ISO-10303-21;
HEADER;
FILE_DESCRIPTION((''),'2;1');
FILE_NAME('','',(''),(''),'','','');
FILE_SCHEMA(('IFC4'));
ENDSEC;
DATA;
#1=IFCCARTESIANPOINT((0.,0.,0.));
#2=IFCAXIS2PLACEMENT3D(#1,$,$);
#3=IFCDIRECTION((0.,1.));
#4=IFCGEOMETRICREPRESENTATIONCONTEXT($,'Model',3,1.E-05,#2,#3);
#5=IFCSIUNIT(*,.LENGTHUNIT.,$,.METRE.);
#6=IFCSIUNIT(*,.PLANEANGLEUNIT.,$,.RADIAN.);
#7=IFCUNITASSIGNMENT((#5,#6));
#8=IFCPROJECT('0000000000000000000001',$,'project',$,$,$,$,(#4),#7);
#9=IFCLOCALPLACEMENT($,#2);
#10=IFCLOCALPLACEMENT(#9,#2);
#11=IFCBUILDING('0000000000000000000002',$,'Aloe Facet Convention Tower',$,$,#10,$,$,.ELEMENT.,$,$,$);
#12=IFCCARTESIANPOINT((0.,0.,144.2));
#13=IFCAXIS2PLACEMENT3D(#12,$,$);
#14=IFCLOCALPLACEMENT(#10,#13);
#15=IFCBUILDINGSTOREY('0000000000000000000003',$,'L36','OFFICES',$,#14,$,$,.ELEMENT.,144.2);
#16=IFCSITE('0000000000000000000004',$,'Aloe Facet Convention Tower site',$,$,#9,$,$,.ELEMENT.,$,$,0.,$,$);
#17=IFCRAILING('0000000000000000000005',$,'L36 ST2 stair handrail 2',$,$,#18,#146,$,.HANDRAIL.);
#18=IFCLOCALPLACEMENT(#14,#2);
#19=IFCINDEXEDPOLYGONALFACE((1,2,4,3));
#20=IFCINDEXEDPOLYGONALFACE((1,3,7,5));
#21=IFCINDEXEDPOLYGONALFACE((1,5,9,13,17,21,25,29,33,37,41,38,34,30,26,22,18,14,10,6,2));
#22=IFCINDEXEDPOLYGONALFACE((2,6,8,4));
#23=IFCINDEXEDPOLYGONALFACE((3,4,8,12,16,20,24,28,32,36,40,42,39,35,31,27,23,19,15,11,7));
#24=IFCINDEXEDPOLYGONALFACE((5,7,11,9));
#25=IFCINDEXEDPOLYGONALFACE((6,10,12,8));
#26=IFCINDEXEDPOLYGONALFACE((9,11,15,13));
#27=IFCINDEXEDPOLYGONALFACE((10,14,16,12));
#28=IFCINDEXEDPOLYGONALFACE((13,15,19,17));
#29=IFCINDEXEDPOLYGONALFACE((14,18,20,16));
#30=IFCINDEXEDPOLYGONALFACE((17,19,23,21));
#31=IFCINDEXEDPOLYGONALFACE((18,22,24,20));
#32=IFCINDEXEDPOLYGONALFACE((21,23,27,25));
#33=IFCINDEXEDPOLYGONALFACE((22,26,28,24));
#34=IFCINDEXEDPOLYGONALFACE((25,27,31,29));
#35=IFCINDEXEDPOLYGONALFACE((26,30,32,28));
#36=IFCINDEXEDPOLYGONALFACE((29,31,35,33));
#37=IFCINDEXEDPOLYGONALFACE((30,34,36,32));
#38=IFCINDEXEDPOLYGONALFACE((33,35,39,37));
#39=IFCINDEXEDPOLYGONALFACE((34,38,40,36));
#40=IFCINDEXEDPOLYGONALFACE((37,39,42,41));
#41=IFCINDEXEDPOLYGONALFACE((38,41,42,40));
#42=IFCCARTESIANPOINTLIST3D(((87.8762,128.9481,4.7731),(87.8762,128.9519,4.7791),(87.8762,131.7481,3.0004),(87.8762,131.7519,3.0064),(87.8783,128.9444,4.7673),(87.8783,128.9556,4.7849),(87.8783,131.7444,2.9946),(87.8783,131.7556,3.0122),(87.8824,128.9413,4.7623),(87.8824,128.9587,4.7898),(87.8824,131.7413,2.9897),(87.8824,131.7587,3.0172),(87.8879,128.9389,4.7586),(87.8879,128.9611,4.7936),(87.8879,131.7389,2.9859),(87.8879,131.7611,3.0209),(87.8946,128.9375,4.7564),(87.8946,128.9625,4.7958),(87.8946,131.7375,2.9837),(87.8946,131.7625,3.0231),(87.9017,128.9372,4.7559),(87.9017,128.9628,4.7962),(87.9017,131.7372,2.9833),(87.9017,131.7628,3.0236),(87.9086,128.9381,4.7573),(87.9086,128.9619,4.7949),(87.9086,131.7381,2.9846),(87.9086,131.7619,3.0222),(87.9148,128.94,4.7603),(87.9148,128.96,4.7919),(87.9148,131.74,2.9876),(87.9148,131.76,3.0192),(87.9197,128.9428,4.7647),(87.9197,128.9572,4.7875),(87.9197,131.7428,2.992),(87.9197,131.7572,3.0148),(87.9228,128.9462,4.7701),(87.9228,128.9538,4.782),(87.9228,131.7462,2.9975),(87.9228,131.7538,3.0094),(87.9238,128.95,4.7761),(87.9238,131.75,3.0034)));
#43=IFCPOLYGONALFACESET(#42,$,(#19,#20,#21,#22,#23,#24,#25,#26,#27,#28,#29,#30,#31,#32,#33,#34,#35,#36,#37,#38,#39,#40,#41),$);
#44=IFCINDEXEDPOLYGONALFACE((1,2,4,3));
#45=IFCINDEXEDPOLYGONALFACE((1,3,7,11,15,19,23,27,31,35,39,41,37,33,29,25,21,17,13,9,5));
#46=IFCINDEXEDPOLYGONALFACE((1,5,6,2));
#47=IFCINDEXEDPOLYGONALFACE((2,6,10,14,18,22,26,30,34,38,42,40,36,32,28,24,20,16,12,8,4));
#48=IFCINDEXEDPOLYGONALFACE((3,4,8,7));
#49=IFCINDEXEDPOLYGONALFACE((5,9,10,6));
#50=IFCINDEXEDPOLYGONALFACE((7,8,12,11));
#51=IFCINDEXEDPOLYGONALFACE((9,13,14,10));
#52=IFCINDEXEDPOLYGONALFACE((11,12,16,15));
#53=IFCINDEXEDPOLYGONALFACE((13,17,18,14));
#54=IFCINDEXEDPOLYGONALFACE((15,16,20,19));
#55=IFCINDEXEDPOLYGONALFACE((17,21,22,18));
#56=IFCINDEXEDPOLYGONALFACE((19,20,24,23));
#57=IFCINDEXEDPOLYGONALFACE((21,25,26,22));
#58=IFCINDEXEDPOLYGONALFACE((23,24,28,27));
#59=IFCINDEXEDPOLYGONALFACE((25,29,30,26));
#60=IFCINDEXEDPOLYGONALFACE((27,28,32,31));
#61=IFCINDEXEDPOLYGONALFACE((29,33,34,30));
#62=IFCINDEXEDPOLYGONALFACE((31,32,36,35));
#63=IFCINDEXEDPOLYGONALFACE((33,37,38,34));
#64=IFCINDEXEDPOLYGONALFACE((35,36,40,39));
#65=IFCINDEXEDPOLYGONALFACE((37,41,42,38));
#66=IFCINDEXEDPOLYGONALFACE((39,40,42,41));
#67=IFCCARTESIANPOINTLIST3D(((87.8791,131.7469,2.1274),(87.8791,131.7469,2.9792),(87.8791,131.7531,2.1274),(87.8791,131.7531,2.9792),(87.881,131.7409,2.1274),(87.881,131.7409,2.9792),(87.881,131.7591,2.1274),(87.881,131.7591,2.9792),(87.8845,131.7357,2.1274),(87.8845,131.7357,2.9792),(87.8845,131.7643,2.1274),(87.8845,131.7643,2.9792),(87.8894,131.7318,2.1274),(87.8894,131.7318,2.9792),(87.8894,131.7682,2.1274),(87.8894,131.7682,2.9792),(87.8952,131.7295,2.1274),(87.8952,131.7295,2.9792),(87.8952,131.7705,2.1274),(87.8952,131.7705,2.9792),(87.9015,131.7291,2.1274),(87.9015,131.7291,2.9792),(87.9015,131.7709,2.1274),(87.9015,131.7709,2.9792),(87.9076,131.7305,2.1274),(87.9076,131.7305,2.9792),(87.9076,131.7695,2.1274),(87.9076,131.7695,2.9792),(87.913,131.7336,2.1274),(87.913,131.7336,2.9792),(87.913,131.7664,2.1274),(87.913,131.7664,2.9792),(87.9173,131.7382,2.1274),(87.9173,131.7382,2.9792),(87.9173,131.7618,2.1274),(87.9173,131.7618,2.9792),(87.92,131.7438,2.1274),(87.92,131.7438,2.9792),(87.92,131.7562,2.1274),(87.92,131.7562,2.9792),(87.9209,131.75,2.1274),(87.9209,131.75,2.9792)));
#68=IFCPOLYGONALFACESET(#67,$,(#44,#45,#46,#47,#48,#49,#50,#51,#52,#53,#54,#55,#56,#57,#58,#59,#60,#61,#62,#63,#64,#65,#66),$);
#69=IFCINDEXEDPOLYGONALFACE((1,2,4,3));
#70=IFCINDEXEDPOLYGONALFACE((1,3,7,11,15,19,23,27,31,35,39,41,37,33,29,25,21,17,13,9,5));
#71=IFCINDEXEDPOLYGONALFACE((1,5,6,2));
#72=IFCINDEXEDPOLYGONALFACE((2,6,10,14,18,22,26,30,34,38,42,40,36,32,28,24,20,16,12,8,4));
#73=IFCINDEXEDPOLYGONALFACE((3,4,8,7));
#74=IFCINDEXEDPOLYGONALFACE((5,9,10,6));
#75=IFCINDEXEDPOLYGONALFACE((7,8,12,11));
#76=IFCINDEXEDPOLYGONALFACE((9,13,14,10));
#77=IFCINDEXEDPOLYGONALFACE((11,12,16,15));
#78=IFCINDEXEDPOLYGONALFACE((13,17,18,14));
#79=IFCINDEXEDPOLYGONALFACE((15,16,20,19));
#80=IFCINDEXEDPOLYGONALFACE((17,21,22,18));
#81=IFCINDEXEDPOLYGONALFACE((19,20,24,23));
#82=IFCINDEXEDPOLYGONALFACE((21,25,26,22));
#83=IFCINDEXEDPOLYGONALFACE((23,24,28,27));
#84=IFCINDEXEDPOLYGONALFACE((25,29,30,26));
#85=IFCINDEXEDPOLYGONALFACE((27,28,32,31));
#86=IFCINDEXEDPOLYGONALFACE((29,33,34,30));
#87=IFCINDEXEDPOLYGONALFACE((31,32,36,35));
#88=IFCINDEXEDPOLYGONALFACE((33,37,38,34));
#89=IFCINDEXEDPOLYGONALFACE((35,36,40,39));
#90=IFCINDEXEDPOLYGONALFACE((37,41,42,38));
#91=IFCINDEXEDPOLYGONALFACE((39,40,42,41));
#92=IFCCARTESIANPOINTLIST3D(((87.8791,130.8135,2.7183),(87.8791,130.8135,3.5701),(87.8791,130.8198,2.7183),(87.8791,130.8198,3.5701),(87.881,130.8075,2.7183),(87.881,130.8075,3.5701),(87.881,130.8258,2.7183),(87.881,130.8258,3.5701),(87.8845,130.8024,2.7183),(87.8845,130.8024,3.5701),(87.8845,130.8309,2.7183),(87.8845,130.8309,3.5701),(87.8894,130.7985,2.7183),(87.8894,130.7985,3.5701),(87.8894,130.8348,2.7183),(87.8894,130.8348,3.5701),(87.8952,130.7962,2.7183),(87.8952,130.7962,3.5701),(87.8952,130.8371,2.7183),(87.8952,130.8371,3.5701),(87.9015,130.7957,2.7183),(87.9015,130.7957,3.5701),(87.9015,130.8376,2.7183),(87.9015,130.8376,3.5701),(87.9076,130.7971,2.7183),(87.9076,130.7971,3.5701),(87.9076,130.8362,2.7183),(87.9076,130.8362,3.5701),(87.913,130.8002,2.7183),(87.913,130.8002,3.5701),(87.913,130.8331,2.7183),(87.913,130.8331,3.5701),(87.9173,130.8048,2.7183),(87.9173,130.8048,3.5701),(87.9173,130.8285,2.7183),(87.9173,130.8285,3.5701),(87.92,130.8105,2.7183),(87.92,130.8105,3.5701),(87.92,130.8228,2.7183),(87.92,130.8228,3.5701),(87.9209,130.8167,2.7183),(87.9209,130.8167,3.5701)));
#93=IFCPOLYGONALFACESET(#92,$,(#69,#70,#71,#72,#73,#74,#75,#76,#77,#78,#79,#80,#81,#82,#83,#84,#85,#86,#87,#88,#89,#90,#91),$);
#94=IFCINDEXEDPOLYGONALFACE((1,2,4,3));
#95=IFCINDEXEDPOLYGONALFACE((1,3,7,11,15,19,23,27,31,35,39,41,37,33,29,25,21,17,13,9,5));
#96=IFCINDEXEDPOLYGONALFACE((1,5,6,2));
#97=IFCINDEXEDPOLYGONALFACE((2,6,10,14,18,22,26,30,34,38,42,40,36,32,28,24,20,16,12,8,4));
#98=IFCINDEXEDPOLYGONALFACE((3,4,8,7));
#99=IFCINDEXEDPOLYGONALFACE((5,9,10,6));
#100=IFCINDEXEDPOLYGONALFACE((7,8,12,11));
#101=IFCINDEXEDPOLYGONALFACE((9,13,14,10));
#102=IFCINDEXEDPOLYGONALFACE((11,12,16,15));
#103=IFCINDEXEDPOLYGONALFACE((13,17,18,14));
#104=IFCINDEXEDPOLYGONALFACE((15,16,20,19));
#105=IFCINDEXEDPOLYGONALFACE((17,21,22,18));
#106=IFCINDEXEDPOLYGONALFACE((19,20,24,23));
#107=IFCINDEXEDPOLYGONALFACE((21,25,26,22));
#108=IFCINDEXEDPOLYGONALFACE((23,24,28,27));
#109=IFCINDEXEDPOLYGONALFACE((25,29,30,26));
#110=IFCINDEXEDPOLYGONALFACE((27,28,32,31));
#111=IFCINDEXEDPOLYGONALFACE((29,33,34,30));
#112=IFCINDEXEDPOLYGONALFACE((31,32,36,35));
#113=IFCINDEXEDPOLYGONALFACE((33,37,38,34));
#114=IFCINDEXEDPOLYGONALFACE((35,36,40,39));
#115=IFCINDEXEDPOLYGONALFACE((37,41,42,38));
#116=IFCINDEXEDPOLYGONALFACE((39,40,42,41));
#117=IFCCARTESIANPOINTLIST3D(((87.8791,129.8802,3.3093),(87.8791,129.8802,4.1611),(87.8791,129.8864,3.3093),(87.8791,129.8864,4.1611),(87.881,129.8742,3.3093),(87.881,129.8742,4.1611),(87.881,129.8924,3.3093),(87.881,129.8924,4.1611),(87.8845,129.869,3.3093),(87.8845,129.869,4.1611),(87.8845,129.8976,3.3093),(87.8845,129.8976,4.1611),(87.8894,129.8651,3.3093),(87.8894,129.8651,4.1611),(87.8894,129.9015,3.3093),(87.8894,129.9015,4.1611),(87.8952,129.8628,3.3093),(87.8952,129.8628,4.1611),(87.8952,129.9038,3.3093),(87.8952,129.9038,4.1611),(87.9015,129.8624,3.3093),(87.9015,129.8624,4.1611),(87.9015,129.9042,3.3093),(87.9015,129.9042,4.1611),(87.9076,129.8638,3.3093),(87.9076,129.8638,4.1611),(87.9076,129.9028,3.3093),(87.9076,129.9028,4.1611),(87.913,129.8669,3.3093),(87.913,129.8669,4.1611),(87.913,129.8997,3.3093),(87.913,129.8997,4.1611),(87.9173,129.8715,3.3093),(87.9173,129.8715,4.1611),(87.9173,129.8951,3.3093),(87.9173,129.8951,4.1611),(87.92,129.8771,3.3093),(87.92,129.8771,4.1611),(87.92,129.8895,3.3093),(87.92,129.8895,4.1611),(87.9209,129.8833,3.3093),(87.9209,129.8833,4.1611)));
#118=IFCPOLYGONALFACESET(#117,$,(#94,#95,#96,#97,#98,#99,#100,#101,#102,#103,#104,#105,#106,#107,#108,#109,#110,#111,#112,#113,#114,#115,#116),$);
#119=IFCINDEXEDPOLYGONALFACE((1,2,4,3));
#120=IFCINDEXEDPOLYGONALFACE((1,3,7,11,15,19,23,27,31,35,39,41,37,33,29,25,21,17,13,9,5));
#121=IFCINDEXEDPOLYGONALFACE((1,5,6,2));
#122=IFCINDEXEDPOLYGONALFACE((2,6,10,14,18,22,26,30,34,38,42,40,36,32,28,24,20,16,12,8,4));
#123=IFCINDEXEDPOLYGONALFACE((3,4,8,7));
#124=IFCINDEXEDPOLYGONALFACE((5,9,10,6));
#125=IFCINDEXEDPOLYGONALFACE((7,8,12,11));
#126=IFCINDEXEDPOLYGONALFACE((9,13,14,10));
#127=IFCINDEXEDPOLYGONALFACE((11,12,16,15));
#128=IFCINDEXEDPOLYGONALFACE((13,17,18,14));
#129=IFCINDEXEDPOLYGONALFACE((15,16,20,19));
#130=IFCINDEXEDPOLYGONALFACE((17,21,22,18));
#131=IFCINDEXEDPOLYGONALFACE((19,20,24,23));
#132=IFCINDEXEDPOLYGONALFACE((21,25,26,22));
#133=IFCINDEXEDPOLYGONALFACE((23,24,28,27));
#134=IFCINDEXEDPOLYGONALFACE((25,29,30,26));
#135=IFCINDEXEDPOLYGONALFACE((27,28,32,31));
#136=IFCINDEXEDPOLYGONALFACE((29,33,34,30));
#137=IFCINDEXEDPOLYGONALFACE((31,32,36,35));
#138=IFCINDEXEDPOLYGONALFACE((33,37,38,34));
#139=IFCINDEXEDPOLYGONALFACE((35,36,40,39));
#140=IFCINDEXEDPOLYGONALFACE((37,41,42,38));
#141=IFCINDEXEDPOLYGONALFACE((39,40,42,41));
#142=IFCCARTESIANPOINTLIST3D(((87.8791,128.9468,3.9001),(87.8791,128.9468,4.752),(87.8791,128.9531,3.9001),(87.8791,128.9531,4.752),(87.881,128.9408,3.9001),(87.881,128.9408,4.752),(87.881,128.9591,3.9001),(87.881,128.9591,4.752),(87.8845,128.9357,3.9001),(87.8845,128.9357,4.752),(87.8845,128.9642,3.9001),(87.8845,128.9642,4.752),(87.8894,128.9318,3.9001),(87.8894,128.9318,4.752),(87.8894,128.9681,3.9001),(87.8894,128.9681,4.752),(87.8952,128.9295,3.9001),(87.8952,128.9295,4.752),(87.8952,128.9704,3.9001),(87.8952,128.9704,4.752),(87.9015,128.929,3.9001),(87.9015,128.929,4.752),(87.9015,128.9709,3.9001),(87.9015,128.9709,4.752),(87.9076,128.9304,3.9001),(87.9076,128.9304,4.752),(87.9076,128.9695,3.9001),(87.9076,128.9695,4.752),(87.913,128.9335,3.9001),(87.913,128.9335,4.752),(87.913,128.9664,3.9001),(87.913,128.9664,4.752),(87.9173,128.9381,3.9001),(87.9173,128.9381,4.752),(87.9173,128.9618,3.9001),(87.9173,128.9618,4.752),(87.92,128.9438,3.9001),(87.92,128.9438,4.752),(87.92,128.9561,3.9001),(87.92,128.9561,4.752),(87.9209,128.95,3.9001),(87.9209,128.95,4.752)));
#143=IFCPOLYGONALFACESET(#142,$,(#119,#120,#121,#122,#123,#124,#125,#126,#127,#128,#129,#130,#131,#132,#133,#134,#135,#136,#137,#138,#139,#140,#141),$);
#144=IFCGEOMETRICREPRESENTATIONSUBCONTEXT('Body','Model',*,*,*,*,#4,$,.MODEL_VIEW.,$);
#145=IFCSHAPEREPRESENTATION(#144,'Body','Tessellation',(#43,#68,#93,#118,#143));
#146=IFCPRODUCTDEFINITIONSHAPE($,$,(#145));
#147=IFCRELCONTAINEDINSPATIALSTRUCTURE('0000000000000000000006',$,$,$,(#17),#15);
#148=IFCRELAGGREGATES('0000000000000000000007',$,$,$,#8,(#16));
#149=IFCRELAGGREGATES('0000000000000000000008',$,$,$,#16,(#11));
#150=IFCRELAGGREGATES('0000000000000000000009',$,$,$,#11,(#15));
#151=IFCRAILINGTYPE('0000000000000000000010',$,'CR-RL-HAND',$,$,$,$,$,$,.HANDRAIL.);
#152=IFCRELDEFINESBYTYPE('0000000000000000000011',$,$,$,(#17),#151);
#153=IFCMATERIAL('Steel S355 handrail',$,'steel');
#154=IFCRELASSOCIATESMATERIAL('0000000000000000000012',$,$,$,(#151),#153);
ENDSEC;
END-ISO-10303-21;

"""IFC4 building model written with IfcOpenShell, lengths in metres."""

from ifc_helpers import new_model, si_unit, direction, frame, origin, origin_2d, place, context, subcontext, project, spatial, circle, extrude, material, type_object, element, save


model = new_model("IFC4")

# Units and contexts
model_context = context("Model", 3, precision=1e-05, world=origin(), true_north=direction((0.0, 1.0)))
body_context = subcontext(model_context, "Body", "Model", "MODEL_VIEW")
ifc_project = project(units=[si_unit("LENGTHUNIT", "METRE"), si_unit("PLANEANGLEUNIT", "RADIAN")], contexts=[model_context])

# Site, building, storey
site_placement = place(None, origin())
site = spatial("IfcSite", under=ifc_project, at=site_placement, Name="Aloe Facet Convention Tower site", CompositionType="ELEMENT", RefElevation=0.0)
building_placement = place(site_placement, origin())
building = spatial("IfcBuilding", under=site, at=building_placement, Name="Aloe Facet Convention Tower", CompositionType="ELEMENT")
storey_placement = place(building_placement, frame((0.0, 0.0, 144.2)))
storey = spatial("IfcBuildingStorey", under=building, at=storey_placement, Name="L36", Description="OFFICES", CompositionType="ELEMENT", Elevation=144.2)

# Railing
ifc_material_1 = material(Name="Steel S355 handrail", Category="steel")
railing_type_1 = type_object("IfcRailingType", Name="CR-RL-HAND", PredefinedType="HANDRAIL", material=ifc_material_1)
railing_1_placement = place(storey_placement, frame((87.8999, 131.75, 2.1274)))
element("IfcRailing", 1, at=railing_1_placement, inside=storey, type_object=railing_type_1, Name="L36 ST2 stair handrail 2", PredefinedType="HANDRAIL", context=body_context, shape_type="SweptSolid", body=[
    extrude(circle(Radius=0.0239, at=origin_2d()), frame((0.0, 0.0, 0.876), z_axis=(0.0, -0.844909, 0.53491), x_axis=(1.0, 0.0, 0.0)), (0.0, 0.0, 1.0), 3.314),
    extrude(circle(Radius=0.021, at=origin_2d()), origin(), (0.0, 0.0, 1.0), 0.8518),
    extrude(circle(Radius=0.021, at=origin_2d()), frame((0.0, -0.9333, 0.5908)), (0.0, 0.0, 1.0), 0.8518),
    extrude(circle(Radius=0.021, at=origin_2d()), frame((0.0, -1.8667, 1.1819)), (0.0, 0.0, 1.0), 0.8518),
    extrude(circle(Radius=0.021, at=origin_2d()), frame((0.0, -2.8, 1.7727)), (0.0, 0.0, 1.0), 0.8518),
])

save(model, "model.ifc")
